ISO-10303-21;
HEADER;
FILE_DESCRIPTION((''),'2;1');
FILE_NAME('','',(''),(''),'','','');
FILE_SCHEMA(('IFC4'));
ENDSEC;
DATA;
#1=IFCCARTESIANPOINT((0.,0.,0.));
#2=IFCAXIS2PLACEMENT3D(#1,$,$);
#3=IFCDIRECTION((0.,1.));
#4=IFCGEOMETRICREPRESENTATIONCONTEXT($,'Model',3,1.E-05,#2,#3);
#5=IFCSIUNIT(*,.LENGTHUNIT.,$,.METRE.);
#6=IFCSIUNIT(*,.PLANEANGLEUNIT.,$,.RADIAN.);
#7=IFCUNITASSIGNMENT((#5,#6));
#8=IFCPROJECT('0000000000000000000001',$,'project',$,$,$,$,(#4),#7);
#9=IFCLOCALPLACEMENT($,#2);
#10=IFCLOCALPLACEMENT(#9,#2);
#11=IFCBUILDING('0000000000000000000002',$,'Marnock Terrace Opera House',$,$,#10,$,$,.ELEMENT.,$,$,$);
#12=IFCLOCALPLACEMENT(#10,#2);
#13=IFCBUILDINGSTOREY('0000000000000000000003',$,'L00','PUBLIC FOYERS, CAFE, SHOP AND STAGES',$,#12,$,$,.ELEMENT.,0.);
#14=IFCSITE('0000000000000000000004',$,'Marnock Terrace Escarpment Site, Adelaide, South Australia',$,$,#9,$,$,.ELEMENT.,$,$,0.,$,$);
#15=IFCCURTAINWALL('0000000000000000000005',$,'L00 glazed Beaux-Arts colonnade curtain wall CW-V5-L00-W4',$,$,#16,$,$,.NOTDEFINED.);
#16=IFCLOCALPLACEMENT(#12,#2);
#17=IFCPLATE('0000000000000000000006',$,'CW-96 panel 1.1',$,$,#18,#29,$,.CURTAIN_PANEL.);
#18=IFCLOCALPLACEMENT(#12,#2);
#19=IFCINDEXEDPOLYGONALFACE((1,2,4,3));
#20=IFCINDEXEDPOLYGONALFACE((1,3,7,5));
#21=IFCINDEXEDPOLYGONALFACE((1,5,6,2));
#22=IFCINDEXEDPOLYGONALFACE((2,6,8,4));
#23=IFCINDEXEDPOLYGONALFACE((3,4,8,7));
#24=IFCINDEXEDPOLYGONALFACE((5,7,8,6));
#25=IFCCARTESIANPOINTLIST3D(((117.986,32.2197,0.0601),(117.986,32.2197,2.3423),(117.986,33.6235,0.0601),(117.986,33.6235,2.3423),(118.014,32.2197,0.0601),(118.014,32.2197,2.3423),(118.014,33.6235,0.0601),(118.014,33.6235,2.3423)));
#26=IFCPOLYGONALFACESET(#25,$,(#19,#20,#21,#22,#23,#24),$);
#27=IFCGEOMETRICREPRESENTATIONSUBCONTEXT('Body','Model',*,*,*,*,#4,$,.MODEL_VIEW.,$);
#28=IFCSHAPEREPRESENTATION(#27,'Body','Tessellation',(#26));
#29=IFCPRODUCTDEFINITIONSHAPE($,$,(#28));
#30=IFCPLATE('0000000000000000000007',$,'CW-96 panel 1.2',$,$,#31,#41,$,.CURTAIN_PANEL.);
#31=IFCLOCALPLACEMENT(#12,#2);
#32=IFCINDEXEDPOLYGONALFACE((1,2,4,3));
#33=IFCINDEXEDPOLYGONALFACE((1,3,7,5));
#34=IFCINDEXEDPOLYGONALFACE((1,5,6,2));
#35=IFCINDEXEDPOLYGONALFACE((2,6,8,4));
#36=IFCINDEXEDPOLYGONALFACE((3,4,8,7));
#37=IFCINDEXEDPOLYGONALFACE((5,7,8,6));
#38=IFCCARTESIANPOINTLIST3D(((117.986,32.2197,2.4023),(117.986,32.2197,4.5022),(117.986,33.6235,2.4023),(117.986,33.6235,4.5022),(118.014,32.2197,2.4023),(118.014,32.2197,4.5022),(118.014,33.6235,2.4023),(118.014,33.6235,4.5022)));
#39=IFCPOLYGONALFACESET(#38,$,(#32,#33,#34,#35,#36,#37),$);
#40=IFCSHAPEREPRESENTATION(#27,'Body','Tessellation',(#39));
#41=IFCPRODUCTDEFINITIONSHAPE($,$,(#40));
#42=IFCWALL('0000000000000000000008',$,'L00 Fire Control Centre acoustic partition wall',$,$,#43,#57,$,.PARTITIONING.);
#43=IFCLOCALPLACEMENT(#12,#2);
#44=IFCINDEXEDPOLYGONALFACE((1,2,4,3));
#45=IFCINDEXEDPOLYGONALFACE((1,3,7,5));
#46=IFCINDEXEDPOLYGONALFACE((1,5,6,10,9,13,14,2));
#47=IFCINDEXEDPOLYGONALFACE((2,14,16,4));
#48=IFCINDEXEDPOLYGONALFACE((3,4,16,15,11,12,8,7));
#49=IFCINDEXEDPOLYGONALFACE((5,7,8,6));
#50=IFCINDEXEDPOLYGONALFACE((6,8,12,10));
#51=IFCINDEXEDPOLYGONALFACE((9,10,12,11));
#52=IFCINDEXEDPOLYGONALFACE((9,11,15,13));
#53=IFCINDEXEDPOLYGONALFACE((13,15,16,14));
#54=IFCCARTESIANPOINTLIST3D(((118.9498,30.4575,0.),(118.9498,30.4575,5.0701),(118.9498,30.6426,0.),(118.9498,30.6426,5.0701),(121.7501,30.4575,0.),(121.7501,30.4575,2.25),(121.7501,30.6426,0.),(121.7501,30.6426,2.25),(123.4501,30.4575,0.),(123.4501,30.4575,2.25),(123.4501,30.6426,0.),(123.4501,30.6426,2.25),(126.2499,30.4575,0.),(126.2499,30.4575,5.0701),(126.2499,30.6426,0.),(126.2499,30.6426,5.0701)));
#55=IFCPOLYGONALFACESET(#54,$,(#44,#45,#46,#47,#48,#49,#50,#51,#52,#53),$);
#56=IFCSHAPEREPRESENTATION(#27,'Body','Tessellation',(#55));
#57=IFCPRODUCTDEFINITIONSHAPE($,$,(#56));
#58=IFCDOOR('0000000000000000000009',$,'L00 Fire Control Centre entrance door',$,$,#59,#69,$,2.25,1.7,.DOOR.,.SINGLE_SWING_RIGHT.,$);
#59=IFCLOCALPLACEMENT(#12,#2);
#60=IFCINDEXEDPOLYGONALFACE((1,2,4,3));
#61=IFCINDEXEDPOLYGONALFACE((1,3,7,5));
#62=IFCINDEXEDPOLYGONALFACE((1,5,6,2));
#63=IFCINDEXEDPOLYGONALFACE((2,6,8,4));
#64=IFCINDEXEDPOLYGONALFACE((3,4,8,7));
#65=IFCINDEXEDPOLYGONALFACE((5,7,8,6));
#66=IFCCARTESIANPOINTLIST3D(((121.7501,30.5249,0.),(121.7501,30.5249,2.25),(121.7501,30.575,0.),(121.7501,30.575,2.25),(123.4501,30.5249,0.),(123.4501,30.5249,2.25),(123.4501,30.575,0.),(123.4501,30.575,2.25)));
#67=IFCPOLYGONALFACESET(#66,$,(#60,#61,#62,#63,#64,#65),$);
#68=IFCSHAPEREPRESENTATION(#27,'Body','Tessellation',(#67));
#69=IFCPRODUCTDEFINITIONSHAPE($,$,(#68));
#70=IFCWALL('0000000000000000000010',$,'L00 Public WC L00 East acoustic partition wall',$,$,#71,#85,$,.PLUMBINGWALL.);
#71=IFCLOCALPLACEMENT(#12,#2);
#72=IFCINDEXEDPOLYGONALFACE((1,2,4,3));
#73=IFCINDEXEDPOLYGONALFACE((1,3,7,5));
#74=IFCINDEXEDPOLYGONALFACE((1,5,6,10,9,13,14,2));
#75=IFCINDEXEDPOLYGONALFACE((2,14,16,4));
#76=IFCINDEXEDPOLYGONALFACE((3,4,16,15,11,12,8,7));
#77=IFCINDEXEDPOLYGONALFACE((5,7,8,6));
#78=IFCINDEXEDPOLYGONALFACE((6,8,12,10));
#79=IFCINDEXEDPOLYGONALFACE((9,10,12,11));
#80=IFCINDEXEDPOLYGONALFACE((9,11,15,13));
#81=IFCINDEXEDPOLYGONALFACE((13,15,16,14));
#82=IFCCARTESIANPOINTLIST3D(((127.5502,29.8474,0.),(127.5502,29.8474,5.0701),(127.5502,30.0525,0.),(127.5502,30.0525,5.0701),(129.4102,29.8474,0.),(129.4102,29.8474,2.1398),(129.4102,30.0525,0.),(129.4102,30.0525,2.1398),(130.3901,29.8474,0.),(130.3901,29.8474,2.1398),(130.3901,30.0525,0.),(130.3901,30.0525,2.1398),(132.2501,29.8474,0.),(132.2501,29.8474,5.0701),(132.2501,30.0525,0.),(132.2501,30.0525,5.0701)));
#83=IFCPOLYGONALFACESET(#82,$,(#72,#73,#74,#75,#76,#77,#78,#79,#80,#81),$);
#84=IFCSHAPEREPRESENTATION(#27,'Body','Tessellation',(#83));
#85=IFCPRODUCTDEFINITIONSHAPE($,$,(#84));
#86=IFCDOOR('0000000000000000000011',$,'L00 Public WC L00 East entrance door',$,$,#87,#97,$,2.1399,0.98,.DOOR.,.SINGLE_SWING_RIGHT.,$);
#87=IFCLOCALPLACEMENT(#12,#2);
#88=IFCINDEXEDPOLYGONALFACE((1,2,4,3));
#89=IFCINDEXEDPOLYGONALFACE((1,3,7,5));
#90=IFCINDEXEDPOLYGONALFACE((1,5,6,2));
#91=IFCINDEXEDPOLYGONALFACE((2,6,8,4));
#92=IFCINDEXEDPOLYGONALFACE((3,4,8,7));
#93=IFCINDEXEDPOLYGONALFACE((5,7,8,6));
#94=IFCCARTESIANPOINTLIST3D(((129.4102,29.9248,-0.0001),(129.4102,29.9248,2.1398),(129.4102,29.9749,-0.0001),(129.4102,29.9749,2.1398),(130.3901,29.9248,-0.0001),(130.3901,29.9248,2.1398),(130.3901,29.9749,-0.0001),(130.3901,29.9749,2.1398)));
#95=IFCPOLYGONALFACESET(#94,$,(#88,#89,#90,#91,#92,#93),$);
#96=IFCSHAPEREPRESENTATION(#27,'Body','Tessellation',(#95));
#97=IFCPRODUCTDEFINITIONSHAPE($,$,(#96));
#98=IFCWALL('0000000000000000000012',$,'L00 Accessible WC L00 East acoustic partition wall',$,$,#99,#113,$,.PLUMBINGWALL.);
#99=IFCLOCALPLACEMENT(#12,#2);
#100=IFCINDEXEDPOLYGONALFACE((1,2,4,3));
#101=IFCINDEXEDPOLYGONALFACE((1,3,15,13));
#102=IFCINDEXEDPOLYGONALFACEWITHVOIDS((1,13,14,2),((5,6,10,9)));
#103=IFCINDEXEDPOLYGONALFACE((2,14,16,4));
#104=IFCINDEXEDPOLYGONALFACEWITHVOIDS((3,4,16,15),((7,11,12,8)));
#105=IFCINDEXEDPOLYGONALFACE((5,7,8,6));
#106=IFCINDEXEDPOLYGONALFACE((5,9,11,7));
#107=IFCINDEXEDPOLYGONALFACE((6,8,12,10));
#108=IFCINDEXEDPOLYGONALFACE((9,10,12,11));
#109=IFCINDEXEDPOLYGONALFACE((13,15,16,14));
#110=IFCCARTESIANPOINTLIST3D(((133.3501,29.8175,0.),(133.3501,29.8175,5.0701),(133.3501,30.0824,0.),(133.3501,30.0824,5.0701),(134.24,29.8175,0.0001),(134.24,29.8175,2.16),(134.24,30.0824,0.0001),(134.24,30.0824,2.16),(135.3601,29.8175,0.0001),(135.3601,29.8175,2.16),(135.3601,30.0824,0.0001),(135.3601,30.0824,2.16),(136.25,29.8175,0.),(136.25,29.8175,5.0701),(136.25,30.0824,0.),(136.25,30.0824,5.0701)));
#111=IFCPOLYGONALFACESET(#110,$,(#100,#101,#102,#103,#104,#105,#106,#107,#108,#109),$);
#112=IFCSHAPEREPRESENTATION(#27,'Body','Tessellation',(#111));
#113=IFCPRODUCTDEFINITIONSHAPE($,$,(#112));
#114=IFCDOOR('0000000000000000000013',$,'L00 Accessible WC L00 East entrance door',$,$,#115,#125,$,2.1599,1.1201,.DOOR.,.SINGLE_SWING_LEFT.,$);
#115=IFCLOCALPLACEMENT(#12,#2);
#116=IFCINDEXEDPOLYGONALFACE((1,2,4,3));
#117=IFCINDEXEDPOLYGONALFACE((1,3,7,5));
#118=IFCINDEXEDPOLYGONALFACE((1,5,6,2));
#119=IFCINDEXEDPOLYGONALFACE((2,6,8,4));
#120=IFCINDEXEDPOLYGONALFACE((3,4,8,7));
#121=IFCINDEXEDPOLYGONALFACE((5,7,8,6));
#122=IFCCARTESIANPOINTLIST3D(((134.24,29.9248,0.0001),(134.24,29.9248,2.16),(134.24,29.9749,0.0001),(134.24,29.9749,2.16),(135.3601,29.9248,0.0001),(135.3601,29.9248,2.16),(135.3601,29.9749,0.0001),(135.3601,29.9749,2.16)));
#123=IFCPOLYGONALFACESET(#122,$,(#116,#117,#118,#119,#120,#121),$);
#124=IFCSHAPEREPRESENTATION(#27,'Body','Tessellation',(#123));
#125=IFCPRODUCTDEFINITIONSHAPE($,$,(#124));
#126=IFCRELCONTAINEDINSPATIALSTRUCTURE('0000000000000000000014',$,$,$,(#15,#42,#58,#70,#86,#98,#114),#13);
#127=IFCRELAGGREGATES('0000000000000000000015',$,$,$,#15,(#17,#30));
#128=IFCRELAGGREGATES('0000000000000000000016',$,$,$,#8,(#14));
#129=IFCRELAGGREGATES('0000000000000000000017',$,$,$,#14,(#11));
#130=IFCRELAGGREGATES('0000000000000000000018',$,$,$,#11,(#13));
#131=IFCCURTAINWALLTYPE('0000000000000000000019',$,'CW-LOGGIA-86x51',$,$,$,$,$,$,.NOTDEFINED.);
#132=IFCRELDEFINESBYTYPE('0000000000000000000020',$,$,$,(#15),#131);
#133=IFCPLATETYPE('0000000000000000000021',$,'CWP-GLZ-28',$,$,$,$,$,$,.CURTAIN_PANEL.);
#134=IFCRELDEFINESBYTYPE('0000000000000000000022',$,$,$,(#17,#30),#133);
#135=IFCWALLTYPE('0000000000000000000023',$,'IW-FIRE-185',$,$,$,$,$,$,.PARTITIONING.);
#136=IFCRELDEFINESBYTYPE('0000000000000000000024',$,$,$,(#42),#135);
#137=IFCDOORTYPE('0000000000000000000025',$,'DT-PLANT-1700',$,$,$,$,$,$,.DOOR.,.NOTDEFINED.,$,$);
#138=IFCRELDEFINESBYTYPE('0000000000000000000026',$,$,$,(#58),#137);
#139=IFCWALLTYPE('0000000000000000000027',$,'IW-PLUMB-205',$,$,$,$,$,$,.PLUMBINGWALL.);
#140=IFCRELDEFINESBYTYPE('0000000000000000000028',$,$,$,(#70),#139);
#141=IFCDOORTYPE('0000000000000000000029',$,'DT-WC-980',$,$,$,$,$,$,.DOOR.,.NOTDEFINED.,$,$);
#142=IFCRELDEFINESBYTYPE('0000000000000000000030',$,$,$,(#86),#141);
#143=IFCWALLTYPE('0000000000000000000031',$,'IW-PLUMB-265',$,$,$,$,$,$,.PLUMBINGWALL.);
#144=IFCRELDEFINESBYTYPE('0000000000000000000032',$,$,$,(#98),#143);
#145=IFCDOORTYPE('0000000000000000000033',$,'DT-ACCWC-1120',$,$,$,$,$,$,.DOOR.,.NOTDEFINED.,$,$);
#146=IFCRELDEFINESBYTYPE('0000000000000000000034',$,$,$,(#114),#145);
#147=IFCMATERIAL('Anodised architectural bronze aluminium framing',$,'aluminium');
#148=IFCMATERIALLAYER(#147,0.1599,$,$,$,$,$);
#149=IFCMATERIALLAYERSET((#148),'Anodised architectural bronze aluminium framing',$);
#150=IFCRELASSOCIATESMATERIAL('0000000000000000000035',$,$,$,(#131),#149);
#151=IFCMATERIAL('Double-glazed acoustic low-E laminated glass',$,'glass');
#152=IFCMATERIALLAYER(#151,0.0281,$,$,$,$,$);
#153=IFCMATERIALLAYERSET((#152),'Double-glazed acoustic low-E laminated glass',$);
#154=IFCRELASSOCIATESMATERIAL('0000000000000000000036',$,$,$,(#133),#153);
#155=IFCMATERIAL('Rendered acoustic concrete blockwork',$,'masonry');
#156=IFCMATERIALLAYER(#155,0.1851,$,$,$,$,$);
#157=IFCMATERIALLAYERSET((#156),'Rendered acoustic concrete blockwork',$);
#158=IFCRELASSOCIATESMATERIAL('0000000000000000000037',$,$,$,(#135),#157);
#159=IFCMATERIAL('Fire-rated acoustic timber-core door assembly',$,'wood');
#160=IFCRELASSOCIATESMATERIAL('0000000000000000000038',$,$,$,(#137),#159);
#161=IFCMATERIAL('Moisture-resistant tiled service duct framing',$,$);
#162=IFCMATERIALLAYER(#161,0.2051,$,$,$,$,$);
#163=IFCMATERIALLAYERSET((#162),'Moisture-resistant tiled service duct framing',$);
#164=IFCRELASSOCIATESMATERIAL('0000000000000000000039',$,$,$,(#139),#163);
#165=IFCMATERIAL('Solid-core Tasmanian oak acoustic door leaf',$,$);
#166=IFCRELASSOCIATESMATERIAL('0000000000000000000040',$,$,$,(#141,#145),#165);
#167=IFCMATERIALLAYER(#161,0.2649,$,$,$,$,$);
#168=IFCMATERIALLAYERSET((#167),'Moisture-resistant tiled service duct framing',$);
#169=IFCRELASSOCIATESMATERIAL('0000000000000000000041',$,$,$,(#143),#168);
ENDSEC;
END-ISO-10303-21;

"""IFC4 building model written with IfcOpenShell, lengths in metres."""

from ifc_helpers import new_model, si_unit, direction, frame, frame_2d, origin, origin_2d, place, context, subcontext, project, spatial, rectangle, extrude, material, layer, layer_set, type_object, element, fill, aggregate, save


model = new_model("IFC4")

# Units and contexts
model_context = context("Model", 3, precision=1e-05, world=origin(), true_north=direction((0.0, 1.0)))
body_context = subcontext(model_context, "Body", "Model", "MODEL_VIEW")
ifc_project = project(units=[si_unit("LENGTHUNIT", "METRE"), si_unit("PLANEANGLEUNIT", "RADIAN")], contexts=[model_context])

# Site, building, storey
site_placement = place(None, origin())
site = spatial("IfcSite", under=ifc_project, at=site_placement, Name="Marnock Terrace Escarpment Site, Adelaide, South Australia", CompositionType="ELEMENT", RefElevation=0.0)
building_placement = place(site_placement, origin())
building = spatial("IfcBuilding", under=site, at=building_placement, Name="Marnock Terrace Opera House", CompositionType="ELEMENT")
storey_placement = place(building_placement, origin())
storey = spatial("IfcBuildingStorey", under=building, at=storey_placement, Name="L00", Description="PUBLIC FOYERS, CAFE, SHOP AND STAGES", CompositionType="ELEMENT", Elevation=0.0)

# Curtain wall, plates
ifc_material_1 = material(Name="Anodised architectural bronze aluminium framing", Category="aluminium")
ifc_layer_1 = layer(ifc_material_1, 0.1599)
ifc_layer_set_1 = layer_set([ifc_layer_1], Name="Anodised architectural bronze aluminium framing")
curtain_wall_type = type_object("IfcCurtainWallType", Name="CW-LOGGIA-86x51", PredefinedType="NOTDEFINED", material=ifc_layer_set_1)
curtain_wall_placement = place(storey_placement, origin())
curtain_wall = element("IfcCurtainWall", 1, at=curtain_wall_placement, inside=storey, type_object=curtain_wall_type, Name="L00 glazed Beaux-Arts colonnade curtain wall CW-V5-L00-W4", PredefinedType="NOTDEFINED")
ifc_material_2 = material(Name="Double-glazed acoustic low-E laminated glass", Category="glass")
ifc_layer_2 = layer(ifc_material_2, 0.0281)
ifc_layer_set_2 = layer_set([ifc_layer_2], Name="Double-glazed acoustic low-E laminated glass")
plate_type = type_object("IfcPlateType", Name="CWP-GLZ-28", PredefinedType="CURTAIN_PANEL", material=ifc_layer_set_2)
plate_1_placement = place(storey_placement, frame((118.0, 32.9216, 0.0601), z_axis=(0.0, 0.0, 1.0), x_axis=(0.0, 1.0, 0.0)))
plate_1 = element("IfcPlate", 2, at=plate_1_placement, type_object=plate_type, Name="CW-96 panel 1.1", PredefinedType="CURTAIN_PANEL", context=body_context, shape_type="SweptSolid", body=[
    extrude(rectangle(XDim=1.4038, YDim=0.0281, at=origin_2d()), origin(), (0.0, 0.0, 1.0), 2.2822),
])
plate_2_placement = place(storey_placement, frame((118.0, 32.9216, 2.4023), z_axis=(0.0, 0.0, 1.0), x_axis=(0.0, 1.0, 0.0)))
plate_2 = element("IfcPlate", 3, at=plate_2_placement, type_object=plate_type, Name="CW-96 panel 1.2", PredefinedType="CURTAIN_PANEL", context=body_context, shape_type="SweptSolid", body=[
    extrude(rectangle(XDim=1.4038, YDim=0.0281, at=origin_2d()), origin(), (0.0, 0.0, 1.0), 2.0999),
])
aggregate(curtain_wall, [plate_1, plate_2])

# Walls, openings, doors
ifc_material_3 = material(Name="Rendered acoustic concrete blockwork", Category="masonry")
ifc_layer_3 = layer(ifc_material_3, 0.1851)
ifc_layer_set_3 = layer_set([ifc_layer_3], Name="Rendered acoustic concrete blockwork")
wall_type_1 = type_object("IfcWallType", Name="IW-FIRE-185", PredefinedType="PARTITIONING", material=ifc_layer_set_3)
wall_1_placement = place(storey_placement, frame((118.95, 30.55, 0.0), z_axis=(0.0, 0.0, 1.0), x_axis=(1.0, 0.0, 0.0)))
wall_1 = element("IfcWall", 4, at=wall_1_placement, inside=storey, type_object=wall_type_1, Name="L00 Fire Control Centre acoustic partition wall", PredefinedType="PARTITIONING", context=body_context, shape_type="SweptSolid", body=[
    extrude(rectangle(XDim=7.3, YDim=0.1851, at=frame_2d((3.6499, 0.0))), origin(), (0.0, 0.0, 1.0), 5.0701),
])
opening_1_placement = place(wall_1_placement, frame((2.8, 0.0, 0.0)))
opening_1 = element("IfcOpeningElement", 5, at=opening_1_placement, cuts=wall_1, PredefinedType="OPENING", context=body_context, shape_type="SweptSolid", body=[
    extrude(rectangle(XDim=1.7, YDim=2.25, at=frame_2d((0.8501, 1.125))), frame((0.0, 0.1025, 0.0), z_axis=(0.0, -1.0, 0.0), x_axis=(1.0, 0.0, 0.0)), (0.0, 0.0, 1.0), 0.2051),
])
ifc_material_4 = material(Name="Fire-rated acoustic timber-core door assembly", Category="wood")
door_type_1 = type_object("IfcDoorType", Name="DT-PLANT-1700", OperationType="NOTDEFINED", PredefinedType="DOOR", material=ifc_material_4)
door_1_placement = place(opening_1_placement, origin())
door_1 = element("IfcDoor", 6, at=door_1_placement, inside=storey, type_object=door_type_1, Name="L00 Fire Control Centre entrance door", OperationType="SINGLE_SWING_RIGHT", OverallHeight=2.25, OverallWidth=1.7, PredefinedType="DOOR", context=body_context, shape_type="SweptSolid", body=[
    extrude(rectangle(XDim=1.7, YDim=2.25, at=frame_2d((0.8501, 1.125))), frame((0.0, 0.0249, 0.0), z_axis=(0.0, -1.0, 0.0), x_axis=(1.0, 0.0, 0.0)), (0.0, 0.0, 1.0), 0.05),
])
fill(opening_1, door_1)
ifc_material_5 = material(Name="Moisture-resistant tiled service duct framing")
ifc_layer_4 = layer(ifc_material_5, 0.2051)
ifc_layer_set_4 = layer_set([ifc_layer_4], Name="Moisture-resistant tiled service duct framing")
wall_type_2 = type_object("IfcWallType", Name="IW-PLUMB-205", PredefinedType="PLUMBINGWALL", material=ifc_layer_set_4)
wall_2_placement = place(storey_placement, frame((127.55, 29.95, 0.0), z_axis=(0.0, 0.0, 1.0), x_axis=(1.0, 0.0, 0.0)))
wall_2 = element("IfcWall", 7, at=wall_2_placement, inside=storey, type_object=wall_type_2, Name="L00 Public WC L00 East acoustic partition wall", PredefinedType="PLUMBINGWALL", context=body_context, shape_type="SweptSolid", body=[
    extrude(rectangle(XDim=4.7, YDim=0.2051, at=frame_2d((2.3501, 0.0))), origin(), (0.0, 0.0, 1.0), 5.0701),
])
opening_2_placement = place(wall_2_placement, frame((1.8601, 0.0, 0.0)))
opening_2 = element("IfcOpeningElement", 8, at=opening_2_placement, cuts=wall_2, PredefinedType="OPENING", context=body_context, shape_type="SweptSolid", body=[
    extrude(rectangle(XDim=0.98, YDim=2.1399, at=frame_2d((0.49, 1.0698))), frame((0.0, 0.1125, 0.0), z_axis=(0.0, -1.0, 0.0), x_axis=(1.0, 0.0, 0.0)), (0.0, 0.0, 1.0), 0.2251),
])
ifc_material_6 = material(Name="Solid-core Tasmanian oak acoustic door leaf")
door_type_2 = type_object("IfcDoorType", Name="DT-WC-980", OperationType="NOTDEFINED", PredefinedType="DOOR", material=ifc_material_6)
door_2_placement = place(opening_2_placement, origin())
door_2 = element("IfcDoor", 9, at=door_2_placement, inside=storey, type_object=door_type_2, Name="L00 Public WC L00 East entrance door", OperationType="SINGLE_SWING_RIGHT", OverallHeight=2.1399, OverallWidth=0.98, PredefinedType="DOOR", context=body_context, shape_type="SweptSolid", body=[
    extrude(rectangle(XDim=0.98, YDim=2.1399, at=frame_2d((0.49, 1.0698))), frame((0.0, 0.0249, 0.0), z_axis=(0.0, -1.0, 0.0), x_axis=(1.0, 0.0, 0.0)), (0.0, 0.0, 1.0), 0.05),
])
fill(opening_2, door_2)
ifc_layer_5 = layer(ifc_material_5, 0.2649)
ifc_layer_set_5 = layer_set([ifc_layer_5], Name="Moisture-resistant tiled service duct framing")
wall_type_3 = type_object("IfcWallType", Name="IW-PLUMB-265", PredefinedType="PLUMBINGWALL", material=ifc_layer_set_5)
wall_3_placement = place(storey_placement, frame((133.3501, 29.95, 0.0), z_axis=(0.0, 0.0, 1.0), x_axis=(1.0, 0.0, 0.0)))
wall_3 = element("IfcWall", 10, at=wall_3_placement, inside=storey, type_object=wall_type_3, Name="L00 Accessible WC L00 East acoustic partition wall", PredefinedType="PLUMBINGWALL", context=body_context, shape_type="SweptSolid", body=[
    extrude(rectangle(XDim=2.8999, YDim=0.2649, at=frame_2d((1.45, 0.0))), origin(), (0.0, 0.0, 1.0), 5.0701),
])
opening_3_placement = place(wall_3_placement, frame((0.8899, 0.0, 0.0)))
opening_3 = element("IfcOpeningElement", 11, at=opening_3_placement, cuts=wall_3, PredefinedType="OPENING", context=body_context, shape_type="SweptSolid", body=[
    extrude(rectangle(XDim=1.1201, YDim=2.1599, at=frame_2d((0.5601, 1.0801))), frame((0.0, 0.1423, 0.0), z_axis=(0.0, -1.0, 0.0), x_axis=(1.0, 0.0, 0.0)), (0.0, 0.0, 1.0), 0.2849),
])
door_type_3 = type_object("IfcDoorType", Name="DT-ACCWC-1120", OperationType="NOTDEFINED", PredefinedType="DOOR", material=ifc_material_6)
door_3_placement = place(opening_3_placement, origin())
door_3 = element("IfcDoor", 12, at=door_3_placement, inside=storey, type_object=door_type_3, Name="L00 Accessible WC L00 East entrance door", OperationType="SINGLE_SWING_LEFT", OverallHeight=2.1599, OverallWidth=1.1201, PredefinedType="DOOR", context=body_context, shape_type="SweptSolid", body=[
    extrude(rectangle(XDim=1.1201, YDim=2.1599, at=frame_2d((0.5601, 1.0801))), frame((0.0, 0.0249, 0.0), z_axis=(0.0, -1.0, 0.0), x_axis=(1.0, 0.0, 0.0)), (0.0, 0.0, 1.0), 0.05),
])
fill(opening_3, door_3)

save(model, "model.ifc")
